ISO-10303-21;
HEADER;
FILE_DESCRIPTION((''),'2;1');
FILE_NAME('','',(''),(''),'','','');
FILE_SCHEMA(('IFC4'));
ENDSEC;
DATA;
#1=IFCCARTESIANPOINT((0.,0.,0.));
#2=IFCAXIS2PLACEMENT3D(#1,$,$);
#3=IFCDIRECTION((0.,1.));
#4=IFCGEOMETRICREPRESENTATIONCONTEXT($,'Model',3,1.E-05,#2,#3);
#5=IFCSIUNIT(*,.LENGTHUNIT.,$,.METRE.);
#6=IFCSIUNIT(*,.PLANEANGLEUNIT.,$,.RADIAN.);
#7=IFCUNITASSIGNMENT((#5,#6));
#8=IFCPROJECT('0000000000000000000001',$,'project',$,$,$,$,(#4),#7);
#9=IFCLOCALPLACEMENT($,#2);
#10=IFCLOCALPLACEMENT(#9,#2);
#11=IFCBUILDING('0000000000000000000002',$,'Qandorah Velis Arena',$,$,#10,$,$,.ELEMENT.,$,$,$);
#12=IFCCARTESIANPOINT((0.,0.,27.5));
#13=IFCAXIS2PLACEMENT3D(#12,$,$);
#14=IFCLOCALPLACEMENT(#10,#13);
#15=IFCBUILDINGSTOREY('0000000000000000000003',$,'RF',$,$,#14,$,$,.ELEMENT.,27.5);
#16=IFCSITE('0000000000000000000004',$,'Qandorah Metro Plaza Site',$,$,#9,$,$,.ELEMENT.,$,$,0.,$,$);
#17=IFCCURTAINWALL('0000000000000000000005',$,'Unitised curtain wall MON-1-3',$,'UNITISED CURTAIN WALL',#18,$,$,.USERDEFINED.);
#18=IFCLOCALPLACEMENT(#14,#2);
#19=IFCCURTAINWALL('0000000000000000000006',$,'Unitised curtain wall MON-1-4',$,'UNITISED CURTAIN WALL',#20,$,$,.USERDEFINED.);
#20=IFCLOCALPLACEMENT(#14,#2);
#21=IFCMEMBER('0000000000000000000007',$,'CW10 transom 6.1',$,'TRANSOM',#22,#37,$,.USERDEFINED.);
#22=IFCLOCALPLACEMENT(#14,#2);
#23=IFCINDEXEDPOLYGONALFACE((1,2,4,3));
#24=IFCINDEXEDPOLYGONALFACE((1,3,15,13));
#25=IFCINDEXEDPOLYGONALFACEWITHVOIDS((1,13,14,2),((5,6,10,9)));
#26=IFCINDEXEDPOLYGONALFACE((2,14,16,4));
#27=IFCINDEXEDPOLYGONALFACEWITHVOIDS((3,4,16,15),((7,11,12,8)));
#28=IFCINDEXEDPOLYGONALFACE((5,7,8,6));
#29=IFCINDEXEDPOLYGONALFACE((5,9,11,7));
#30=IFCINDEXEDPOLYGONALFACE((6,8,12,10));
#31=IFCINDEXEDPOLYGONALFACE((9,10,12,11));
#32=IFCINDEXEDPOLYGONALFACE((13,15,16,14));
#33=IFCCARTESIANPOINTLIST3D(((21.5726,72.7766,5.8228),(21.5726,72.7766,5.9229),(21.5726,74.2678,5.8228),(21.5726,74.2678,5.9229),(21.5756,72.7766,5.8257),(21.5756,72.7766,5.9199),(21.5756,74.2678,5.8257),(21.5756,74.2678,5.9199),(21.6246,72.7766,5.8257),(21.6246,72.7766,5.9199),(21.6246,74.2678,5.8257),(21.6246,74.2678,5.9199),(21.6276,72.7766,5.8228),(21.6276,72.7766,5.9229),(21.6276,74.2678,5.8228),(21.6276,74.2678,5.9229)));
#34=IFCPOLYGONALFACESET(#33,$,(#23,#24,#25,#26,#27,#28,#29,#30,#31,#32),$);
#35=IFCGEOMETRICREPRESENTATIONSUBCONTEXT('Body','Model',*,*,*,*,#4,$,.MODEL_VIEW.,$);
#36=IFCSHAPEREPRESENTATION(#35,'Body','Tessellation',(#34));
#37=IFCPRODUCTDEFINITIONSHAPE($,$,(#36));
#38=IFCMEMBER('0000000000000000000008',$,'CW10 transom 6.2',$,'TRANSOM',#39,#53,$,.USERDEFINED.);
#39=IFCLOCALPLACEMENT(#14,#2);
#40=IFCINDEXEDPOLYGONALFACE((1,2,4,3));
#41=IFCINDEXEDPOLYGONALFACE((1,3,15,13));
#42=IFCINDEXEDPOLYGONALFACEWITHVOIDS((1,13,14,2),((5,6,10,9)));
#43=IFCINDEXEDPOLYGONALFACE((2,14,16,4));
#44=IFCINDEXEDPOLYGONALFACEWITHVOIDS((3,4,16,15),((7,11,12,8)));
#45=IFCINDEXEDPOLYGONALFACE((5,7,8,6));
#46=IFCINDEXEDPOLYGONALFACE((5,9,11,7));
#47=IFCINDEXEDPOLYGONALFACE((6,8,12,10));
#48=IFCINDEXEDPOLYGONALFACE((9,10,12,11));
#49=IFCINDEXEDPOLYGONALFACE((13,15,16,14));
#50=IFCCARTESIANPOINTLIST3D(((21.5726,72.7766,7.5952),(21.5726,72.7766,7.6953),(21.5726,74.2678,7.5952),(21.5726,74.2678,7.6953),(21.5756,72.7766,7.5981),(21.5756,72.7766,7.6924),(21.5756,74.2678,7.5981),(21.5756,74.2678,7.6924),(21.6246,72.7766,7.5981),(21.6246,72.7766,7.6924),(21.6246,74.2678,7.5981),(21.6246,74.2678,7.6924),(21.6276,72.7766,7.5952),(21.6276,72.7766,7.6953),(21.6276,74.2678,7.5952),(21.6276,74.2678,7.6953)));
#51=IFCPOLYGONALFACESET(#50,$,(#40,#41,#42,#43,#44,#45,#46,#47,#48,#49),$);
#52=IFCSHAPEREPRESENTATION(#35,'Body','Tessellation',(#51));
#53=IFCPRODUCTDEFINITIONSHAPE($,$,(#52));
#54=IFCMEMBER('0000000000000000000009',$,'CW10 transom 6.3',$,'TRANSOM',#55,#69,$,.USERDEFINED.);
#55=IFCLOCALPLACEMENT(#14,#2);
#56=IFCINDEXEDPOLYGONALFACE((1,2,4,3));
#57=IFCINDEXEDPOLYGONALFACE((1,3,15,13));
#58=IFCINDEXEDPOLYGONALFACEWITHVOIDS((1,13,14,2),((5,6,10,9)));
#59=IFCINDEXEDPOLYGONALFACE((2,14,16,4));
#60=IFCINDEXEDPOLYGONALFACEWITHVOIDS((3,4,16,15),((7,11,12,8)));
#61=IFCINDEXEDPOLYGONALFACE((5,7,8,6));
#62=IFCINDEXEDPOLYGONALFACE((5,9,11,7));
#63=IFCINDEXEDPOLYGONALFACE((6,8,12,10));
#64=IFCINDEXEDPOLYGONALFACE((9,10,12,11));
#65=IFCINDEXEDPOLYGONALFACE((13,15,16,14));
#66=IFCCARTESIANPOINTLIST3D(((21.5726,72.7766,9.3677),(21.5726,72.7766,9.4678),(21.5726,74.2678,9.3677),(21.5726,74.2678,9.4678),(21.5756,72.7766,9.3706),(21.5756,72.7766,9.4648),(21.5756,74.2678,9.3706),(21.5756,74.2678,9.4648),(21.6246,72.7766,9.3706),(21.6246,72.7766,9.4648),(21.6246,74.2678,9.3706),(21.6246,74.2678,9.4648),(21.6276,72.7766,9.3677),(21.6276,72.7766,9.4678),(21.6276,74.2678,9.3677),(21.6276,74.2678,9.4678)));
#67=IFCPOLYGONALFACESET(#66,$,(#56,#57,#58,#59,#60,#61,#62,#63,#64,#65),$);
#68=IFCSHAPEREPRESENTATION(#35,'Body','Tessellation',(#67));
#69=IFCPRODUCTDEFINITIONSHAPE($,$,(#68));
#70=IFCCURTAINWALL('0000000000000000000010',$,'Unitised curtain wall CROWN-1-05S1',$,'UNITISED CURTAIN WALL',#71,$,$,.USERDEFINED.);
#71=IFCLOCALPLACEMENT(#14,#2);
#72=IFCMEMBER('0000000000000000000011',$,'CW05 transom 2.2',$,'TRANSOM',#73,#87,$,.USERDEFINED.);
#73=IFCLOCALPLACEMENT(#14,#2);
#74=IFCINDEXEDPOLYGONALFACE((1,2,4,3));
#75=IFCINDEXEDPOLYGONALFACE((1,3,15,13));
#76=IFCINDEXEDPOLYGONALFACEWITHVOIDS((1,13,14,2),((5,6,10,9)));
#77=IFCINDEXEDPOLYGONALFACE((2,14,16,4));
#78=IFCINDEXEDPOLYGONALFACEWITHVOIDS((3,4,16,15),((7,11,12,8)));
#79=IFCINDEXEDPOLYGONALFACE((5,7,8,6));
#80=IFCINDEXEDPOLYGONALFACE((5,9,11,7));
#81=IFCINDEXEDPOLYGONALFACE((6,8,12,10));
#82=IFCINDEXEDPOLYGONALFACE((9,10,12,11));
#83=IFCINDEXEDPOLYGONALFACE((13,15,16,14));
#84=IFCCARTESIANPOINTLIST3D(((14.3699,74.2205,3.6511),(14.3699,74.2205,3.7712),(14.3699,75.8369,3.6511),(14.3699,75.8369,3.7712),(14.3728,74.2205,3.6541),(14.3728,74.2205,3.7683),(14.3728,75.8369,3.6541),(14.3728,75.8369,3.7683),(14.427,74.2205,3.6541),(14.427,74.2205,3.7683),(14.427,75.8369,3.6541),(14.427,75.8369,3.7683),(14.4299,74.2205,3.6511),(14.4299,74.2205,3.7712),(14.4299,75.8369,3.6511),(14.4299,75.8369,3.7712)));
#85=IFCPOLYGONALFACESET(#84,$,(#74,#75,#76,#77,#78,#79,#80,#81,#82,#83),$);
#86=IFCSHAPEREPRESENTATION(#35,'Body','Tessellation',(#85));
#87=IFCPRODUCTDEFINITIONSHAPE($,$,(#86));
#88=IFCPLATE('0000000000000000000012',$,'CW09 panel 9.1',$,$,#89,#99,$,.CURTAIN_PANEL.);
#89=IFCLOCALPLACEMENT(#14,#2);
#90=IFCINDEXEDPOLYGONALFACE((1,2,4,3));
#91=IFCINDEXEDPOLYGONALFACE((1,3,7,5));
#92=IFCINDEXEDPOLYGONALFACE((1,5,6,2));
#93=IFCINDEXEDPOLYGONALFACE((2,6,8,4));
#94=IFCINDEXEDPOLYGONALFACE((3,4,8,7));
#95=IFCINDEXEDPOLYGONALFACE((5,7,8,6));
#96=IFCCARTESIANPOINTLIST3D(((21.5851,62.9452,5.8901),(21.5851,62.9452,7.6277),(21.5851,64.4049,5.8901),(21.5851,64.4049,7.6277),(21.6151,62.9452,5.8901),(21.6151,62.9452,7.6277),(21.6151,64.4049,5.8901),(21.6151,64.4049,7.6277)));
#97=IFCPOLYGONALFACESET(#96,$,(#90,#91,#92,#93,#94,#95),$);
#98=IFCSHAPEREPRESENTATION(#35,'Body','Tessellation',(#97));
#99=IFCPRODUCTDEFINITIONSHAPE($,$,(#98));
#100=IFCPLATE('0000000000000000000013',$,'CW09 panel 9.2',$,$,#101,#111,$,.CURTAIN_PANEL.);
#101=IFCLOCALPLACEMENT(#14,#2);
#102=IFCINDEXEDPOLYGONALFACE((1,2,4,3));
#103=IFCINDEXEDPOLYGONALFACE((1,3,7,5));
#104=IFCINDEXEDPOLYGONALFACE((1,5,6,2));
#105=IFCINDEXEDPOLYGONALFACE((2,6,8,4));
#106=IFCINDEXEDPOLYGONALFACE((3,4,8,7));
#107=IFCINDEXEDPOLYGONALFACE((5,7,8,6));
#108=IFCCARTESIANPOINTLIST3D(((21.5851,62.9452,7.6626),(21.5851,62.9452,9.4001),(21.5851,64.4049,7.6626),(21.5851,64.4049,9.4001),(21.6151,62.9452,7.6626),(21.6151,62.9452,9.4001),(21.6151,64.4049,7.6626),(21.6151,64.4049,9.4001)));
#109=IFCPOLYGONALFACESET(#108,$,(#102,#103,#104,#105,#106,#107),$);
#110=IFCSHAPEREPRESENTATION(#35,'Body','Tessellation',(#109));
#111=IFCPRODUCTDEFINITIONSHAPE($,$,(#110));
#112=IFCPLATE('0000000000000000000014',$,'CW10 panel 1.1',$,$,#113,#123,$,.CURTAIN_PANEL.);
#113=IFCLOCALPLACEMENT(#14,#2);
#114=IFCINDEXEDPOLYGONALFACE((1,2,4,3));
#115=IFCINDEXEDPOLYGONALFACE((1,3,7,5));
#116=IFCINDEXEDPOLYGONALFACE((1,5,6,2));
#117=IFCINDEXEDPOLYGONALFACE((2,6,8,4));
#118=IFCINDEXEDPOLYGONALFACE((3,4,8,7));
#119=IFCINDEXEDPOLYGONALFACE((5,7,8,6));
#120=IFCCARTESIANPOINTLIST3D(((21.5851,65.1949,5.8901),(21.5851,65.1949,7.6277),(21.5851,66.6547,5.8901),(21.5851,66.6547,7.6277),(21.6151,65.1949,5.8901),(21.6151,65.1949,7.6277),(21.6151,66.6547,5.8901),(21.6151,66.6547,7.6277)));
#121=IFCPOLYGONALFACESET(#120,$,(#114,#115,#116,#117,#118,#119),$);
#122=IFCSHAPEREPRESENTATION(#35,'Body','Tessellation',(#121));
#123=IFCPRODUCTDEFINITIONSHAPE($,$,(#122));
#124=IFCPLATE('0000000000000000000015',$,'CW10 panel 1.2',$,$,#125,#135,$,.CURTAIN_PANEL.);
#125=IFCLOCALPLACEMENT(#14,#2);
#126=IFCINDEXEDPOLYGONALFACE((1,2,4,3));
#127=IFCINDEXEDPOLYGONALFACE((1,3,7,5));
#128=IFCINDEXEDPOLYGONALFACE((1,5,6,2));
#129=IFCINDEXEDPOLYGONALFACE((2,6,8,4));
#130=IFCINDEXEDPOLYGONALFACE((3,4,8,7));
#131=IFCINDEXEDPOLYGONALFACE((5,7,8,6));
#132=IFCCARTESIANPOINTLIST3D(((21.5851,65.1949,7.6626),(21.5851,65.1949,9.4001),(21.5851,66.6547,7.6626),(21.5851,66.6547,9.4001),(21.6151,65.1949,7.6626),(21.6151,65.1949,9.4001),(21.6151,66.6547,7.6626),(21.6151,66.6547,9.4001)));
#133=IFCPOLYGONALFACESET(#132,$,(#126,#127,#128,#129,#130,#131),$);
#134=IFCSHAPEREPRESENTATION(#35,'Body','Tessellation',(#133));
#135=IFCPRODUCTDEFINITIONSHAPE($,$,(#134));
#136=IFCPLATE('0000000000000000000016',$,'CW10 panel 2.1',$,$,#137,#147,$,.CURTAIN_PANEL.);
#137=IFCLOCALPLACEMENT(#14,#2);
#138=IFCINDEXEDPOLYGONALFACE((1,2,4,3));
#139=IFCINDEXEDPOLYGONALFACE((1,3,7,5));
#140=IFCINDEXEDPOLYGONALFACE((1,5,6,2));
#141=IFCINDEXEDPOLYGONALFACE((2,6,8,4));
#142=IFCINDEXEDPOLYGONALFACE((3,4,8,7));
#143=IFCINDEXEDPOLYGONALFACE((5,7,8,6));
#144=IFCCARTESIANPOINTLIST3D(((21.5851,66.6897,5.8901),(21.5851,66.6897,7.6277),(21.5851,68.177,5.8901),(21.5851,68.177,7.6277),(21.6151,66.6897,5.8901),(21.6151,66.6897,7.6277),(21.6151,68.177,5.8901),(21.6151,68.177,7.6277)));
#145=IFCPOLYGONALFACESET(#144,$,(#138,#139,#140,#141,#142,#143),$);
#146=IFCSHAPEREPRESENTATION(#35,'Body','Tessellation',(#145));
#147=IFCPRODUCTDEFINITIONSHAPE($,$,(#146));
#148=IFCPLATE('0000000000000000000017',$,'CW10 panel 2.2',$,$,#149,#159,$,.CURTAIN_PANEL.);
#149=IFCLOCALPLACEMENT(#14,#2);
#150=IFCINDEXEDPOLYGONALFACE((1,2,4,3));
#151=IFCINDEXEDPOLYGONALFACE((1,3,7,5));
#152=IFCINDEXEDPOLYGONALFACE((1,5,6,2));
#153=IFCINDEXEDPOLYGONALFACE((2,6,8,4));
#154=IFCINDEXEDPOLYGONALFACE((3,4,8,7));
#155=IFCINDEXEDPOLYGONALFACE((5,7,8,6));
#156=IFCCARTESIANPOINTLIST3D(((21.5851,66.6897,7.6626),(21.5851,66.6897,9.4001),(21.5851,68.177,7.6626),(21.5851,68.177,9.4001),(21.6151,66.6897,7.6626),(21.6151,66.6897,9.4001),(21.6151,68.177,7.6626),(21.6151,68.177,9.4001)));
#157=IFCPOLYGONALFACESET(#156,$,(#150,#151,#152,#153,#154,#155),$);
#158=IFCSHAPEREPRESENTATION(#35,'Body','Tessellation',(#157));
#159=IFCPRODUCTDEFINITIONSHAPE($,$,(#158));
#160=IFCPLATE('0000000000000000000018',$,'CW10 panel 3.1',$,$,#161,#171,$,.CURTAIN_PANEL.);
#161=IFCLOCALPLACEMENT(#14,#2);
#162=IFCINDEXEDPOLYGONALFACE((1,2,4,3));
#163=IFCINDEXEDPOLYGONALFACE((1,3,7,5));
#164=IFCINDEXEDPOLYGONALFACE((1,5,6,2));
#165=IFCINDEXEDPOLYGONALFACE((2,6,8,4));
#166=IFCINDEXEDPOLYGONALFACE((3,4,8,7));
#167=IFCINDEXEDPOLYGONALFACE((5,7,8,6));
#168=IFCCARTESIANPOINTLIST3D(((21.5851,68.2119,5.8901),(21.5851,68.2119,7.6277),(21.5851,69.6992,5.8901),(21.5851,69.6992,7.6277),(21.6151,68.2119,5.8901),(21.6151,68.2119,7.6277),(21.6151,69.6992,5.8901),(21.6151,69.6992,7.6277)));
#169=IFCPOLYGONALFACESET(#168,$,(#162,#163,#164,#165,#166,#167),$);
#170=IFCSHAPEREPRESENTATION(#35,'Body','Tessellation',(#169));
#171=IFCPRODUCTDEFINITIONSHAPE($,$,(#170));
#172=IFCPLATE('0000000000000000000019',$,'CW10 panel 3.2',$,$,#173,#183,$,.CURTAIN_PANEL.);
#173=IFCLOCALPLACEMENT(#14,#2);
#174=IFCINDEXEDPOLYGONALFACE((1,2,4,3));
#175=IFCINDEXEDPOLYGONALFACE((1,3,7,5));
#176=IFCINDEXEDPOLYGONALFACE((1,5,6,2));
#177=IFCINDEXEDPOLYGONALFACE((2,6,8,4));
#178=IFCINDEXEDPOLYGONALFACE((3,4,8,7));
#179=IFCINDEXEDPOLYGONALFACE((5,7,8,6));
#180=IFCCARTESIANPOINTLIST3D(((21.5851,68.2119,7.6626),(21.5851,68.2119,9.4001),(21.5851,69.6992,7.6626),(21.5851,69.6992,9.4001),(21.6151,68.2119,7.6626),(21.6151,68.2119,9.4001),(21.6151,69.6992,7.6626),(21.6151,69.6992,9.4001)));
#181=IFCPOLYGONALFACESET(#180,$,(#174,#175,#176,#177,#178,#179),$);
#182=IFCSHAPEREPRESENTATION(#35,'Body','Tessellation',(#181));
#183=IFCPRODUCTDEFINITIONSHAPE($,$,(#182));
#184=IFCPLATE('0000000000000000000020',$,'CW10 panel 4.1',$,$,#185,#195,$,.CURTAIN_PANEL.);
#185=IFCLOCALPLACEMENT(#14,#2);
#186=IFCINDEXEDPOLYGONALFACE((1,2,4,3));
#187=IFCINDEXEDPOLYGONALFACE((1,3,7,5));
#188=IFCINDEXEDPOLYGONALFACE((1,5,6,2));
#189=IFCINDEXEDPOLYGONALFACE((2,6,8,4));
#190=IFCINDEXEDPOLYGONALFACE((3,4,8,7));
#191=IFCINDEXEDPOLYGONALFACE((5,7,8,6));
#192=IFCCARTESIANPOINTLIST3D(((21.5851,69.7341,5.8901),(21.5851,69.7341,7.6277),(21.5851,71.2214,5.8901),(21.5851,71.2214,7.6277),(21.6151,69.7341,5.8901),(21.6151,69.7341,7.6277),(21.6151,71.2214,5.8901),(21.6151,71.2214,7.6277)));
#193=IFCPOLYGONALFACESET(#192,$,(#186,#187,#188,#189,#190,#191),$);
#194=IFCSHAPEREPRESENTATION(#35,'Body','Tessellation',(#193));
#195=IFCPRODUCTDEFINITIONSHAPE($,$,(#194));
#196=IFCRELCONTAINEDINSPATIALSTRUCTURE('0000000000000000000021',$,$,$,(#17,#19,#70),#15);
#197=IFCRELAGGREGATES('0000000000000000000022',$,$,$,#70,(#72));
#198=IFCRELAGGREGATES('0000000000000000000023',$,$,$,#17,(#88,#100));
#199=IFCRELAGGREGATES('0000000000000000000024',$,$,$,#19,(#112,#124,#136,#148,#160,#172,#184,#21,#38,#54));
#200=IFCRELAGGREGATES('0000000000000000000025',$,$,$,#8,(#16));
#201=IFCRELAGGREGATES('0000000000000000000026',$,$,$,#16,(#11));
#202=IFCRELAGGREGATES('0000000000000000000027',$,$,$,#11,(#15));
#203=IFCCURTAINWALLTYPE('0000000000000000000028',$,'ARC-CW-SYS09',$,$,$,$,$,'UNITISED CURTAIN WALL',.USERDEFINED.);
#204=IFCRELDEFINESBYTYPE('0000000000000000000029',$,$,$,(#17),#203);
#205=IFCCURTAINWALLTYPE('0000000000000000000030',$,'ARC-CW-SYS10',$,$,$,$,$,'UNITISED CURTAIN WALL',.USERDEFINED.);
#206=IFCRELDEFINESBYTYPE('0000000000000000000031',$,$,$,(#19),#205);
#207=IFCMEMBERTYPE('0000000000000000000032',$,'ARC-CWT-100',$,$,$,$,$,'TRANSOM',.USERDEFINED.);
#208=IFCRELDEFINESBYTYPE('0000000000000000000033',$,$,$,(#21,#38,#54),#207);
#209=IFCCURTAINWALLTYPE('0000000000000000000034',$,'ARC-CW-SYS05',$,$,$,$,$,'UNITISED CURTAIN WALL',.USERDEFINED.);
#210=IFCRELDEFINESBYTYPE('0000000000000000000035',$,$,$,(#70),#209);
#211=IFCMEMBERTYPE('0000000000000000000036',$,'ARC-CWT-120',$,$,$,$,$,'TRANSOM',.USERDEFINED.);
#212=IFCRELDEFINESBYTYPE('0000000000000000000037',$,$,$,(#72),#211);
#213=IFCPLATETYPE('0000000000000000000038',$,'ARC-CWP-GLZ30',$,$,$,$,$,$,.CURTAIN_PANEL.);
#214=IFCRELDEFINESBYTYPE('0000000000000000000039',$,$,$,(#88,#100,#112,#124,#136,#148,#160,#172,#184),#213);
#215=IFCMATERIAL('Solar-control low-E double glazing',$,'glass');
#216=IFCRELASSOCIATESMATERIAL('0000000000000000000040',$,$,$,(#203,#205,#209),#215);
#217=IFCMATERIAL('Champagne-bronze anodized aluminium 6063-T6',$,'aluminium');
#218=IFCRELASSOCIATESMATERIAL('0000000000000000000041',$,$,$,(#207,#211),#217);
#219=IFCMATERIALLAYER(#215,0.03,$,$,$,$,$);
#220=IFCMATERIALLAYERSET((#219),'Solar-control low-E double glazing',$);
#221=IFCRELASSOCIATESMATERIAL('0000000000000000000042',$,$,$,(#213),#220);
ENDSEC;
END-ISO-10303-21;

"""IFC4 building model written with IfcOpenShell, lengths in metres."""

from ifc_helpers import new_model, si_unit, direction, frame, origin, origin_2d, place, context, subcontext, project, spatial, rectangle, hollow_rectangle, extrude, material, layer, layer_set, material_profile, profile_set, type_object, element, aggregate, save


model = new_model("IFC4")

# Units and contexts
model_context = context("Model", 3, precision=1e-05, world=origin(), true_north=direction((0.0, 1.0)))
body_context = subcontext(model_context, "Body", "Model", "MODEL_VIEW")
ifc_project = project(units=[si_unit("LENGTHUNIT", "METRE"), si_unit("PLANEANGLEUNIT", "RADIAN")], contexts=[model_context])

# Site, building, storey
site_placement = place(None, origin())
site = spatial("IfcSite", under=ifc_project, at=site_placement, Name="Qandorah Metro Plaza Site", CompositionType="ELEMENT", RefElevation=0.0)
building_placement = place(site_placement, origin())
building = spatial("IfcBuilding", under=site, at=building_placement, Name="Qandorah Velis Arena", CompositionType="ELEMENT")
storey_placement = place(building_placement, frame((0.0, 0.0, 27.5)))
storey = spatial("IfcBuildingStorey", under=building, at=storey_placement, Name="RF", CompositionType="ELEMENT", Elevation=27.5)

# Curtain wall
ifc_material_1 = material(Name="Solar-control low-E double glazing", Category="glass")
curtain_wall_type_1 = type_object("IfcCurtainWallType", Name="ARC-CW-SYS09", ElementType="UNITISED CURTAIN WALL", PredefinedType="USERDEFINED", material=ifc_material_1)
curtain_wall_1_placement = place(storey_placement, origin())
curtain_wall_1 = element("IfcCurtainWall", 1, at=curtain_wall_1_placement, inside=storey, type_object=curtain_wall_type_1, Name="Unitised curtain wall MON-1-3", ObjectType="UNITISED CURTAIN WALL", PredefinedType="USERDEFINED")
ifc_material_2 = material(Name="Champagne-bronze anodized aluminium 6063-T6", Category="aluminium")

# Curtain wall, members
curtain_wall_type_2 = type_object("IfcCurtainWallType", Name="ARC-CW-SYS10", ElementType="UNITISED CURTAIN WALL", PredefinedType="USERDEFINED", material=ifc_material_1)
curtain_wall_2_placement = place(storey_placement, origin())
curtain_wall_2 = element("IfcCurtainWall", 2, at=curtain_wall_2_placement, inside=storey, type_object=curtain_wall_type_2, Name="Unitised curtain wall MON-1-4", ObjectType="UNITISED CURTAIN WALL", PredefinedType="USERDEFINED")
ifc_material_profile_1 = material_profile(ifc_material_2, hollow_rectangle(XDim=0.0549, YDim=0.1001, WallThickness=0.0029, at=origin_2d()), Name="ALU TRANSOM 55x100")
ifc_profile_set_1 = profile_set([ifc_material_profile_1], Name="Champagne-bronze anodized aluminium 6063-T6")
member_type_1 = type_object("IfcMemberType", Name="ARC-CWT-100", ElementType="TRANSOM", PredefinedType="USERDEFINED", material=ifc_profile_set_1)
member_1_placement = place(storey_placement, frame((21.6001, 72.7766, 5.8728), z_axis=(0.0, 1.0, 0.0), x_axis=(-1.0, 0.0, 0.0)))
member_1 = element("IfcMember", 3, at=member_1_placement, type_object=member_type_1, Name="CW10 transom 6.1", ObjectType="TRANSOM", PredefinedType="USERDEFINED", context=body_context, shape_type="SweptSolid", body=[
    extrude(hollow_rectangle(XDim=0.0549, YDim=0.1001, WallThickness=0.0029, at=origin_2d()), origin(), (0.0, 0.0, 1.0), 1.4912),
])
member_2_placement = place(storey_placement, frame((21.6001, 72.7766, 7.6453), z_axis=(0.0, 1.0, 0.0), x_axis=(-1.0, 0.0, 0.0)))
member_2 = element("IfcMember", 4, at=member_2_placement, type_object=member_type_1, Name="CW10 transom 6.2", ObjectType="TRANSOM", PredefinedType="USERDEFINED", context=body_context, shape_type="SweptSolid", body=[
    extrude(hollow_rectangle(XDim=0.0549, YDim=0.1001, WallThickness=0.0029, at=origin_2d()), origin(), (0.0, 0.0, 1.0), 1.4912),
])
member_3_placement = place(storey_placement, frame((21.6001, 72.7766, 9.4177), z_axis=(0.0, 1.0, 0.0), x_axis=(-1.0, 0.0, 0.0)))
member_3 = element("IfcMember", 5, at=member_3_placement, type_object=member_type_1, Name="CW10 transom 6.3", ObjectType="TRANSOM", PredefinedType="USERDEFINED", context=body_context, shape_type="SweptSolid", body=[
    extrude(hollow_rectangle(XDim=0.0549, YDim=0.1001, WallThickness=0.0029, at=origin_2d()), origin(), (0.0, 0.0, 1.0), 1.4912),
])

# Curtain wall, member
curtain_wall_type_3 = type_object("IfcCurtainWallType", Name="ARC-CW-SYS05", ElementType="UNITISED CURTAIN WALL", PredefinedType="USERDEFINED", material=ifc_material_1)
curtain_wall_3_placement = place(storey_placement, origin())
curtain_wall_3 = element("IfcCurtainWall", 6, at=curtain_wall_3_placement, inside=storey, type_object=curtain_wall_type_3, Name="Unitised curtain wall CROWN-1-05S1", ObjectType="UNITISED CURTAIN WALL", PredefinedType="USERDEFINED")
ifc_material_profile_2 = material_profile(ifc_material_2, hollow_rectangle(XDim=0.0601, YDim=0.1201, WallThickness=0.0029, at=origin_2d()), Name="ALU TRANSOM 60x120")
ifc_profile_set_2 = profile_set([ifc_material_profile_2], Name="Champagne-bronze anodized aluminium 6063-T6")
member_type_2 = type_object("IfcMemberType", Name="ARC-CWT-120", ElementType="TRANSOM", PredefinedType="USERDEFINED", material=ifc_profile_set_2)
member_4_placement = place(storey_placement, frame((14.3999, 74.2205, 3.7112), z_axis=(0.0, 1.0, 0.0), x_axis=(-1.0, 0.0, 0.0)))
member_4 = element("IfcMember", 7, at=member_4_placement, type_object=member_type_2, Name="CW05 transom 2.2", ObjectType="TRANSOM", PredefinedType="USERDEFINED", context=body_context, shape_type="SweptSolid", body=[
    extrude(hollow_rectangle(XDim=0.0601, YDim=0.1201, WallThickness=0.0029, at=origin_2d()), origin(), (0.0, 0.0, 1.0), 1.6165),
])
aggregate(curtain_wall_3, [member_4])

# Plates
ifc_layer = layer(ifc_material_1, 0.03)
ifc_layer_set = layer_set([ifc_layer], Name="Solar-control low-E double glazing")
plate_type = type_object("IfcPlateType", Name="ARC-CWP-GLZ30", PredefinedType="CURTAIN_PANEL", material=ifc_layer_set)
plate_1_placement = place(storey_placement, frame((21.6001, 63.675, 5.8901), z_axis=(0.0, 0.0, 1.0), x_axis=(0.0, 1.0, 0.0)))
plate_1 = element("IfcPlate", 8, at=plate_1_placement, type_object=plate_type, Name="CW09 panel 9.1", PredefinedType="CURTAIN_PANEL", context=body_context, shape_type="SweptSolid", body=[
    extrude(rectangle(XDim=1.4597, YDim=0.03, at=origin_2d()), origin(), (0.0, 0.0, 1.0), 1.7375),
])
plate_2_placement = place(storey_placement, frame((21.6001, 63.675, 7.6626), z_axis=(0.0, 0.0, 1.0), x_axis=(0.0, 1.0, 0.0)))
plate_2 = element("IfcPlate", 9, at=plate_2_placement, type_object=plate_type, Name="CW09 panel 9.2", PredefinedType="CURTAIN_PANEL", context=body_context, shape_type="SweptSolid", body=[
    extrude(rectangle(XDim=1.4597, YDim=0.03, at=origin_2d()), origin(), (0.0, 0.0, 1.0), 1.7375),
])
aggregate(curtain_wall_1, [plate_1, plate_2])
plate_3_placement = place(storey_placement, frame((21.6001, 65.9248, 5.8901), z_axis=(0.0, 0.0, 1.0), x_axis=(0.0, 1.0, 0.0)))
plate_3 = element("IfcPlate", 10, at=plate_3_placement, type_object=plate_type, Name="CW10 panel 1.1", PredefinedType="CURTAIN_PANEL", context=body_context, shape_type="SweptSolid", body=[
    extrude(rectangle(XDim=1.4597, YDim=0.03, at=origin_2d()), origin(), (0.0, 0.0, 1.0), 1.7375),
])
plate_4_placement = place(storey_placement, frame((21.6001, 65.9248, 7.6626), z_axis=(0.0, 0.0, 1.0), x_axis=(0.0, 1.0, 0.0)))
plate_4 = element("IfcPlate", 11, at=plate_4_placement, type_object=plate_type, Name="CW10 panel 1.2", PredefinedType="CURTAIN_PANEL", context=body_context, shape_type="SweptSolid", body=[
    extrude(rectangle(XDim=1.4597, YDim=0.03, at=origin_2d()), origin(), (0.0, 0.0, 1.0), 1.7375),
])
plate_5_placement = place(storey_placement, frame((21.6001, 67.4333, 5.8901), z_axis=(0.0, 0.0, 1.0), x_axis=(0.0, 1.0, 0.0)))
plate_5 = element("IfcPlate", 12, at=plate_5_placement, type_object=plate_type, Name="CW10 panel 2.1", PredefinedType="CURTAIN_PANEL", context=body_context, shape_type="SweptSolid", body=[
    extrude(rectangle(XDim=1.4873, YDim=0.03, at=origin_2d()), origin(), (0.0, 0.0, 1.0), 1.7375),
])
plate_6_placement = place(storey_placement, frame((21.6001, 67.4333, 7.6626), z_axis=(0.0, 0.0, 1.0), x_axis=(0.0, 1.0, 0.0)))
plate_6 = element("IfcPlate", 13, at=plate_6_placement, type_object=plate_type, Name="CW10 panel 2.2", PredefinedType="CURTAIN_PANEL", context=body_context, shape_type="SweptSolid", body=[
    extrude(rectangle(XDim=1.4873, YDim=0.03, at=origin_2d()), origin(), (0.0, 0.0, 1.0), 1.7375),
])
plate_7_placement = place(storey_placement, frame((21.6001, 68.9556, 5.8901), z_axis=(0.0, 0.0, 1.0), x_axis=(0.0, 1.0, 0.0)))
plate_7 = element("IfcPlate", 14, at=plate_7_placement, type_object=plate_type, Name="CW10 panel 3.1", PredefinedType="CURTAIN_PANEL", context=body_context, shape_type="SweptSolid", body=[
    extrude(rectangle(XDim=1.4873, YDim=0.03, at=origin_2d()), origin(), (0.0, 0.0, 1.0), 1.7375),
])
plate_8_placement = place(storey_placement, frame((21.6001, 68.9556, 7.6626), z_axis=(0.0, 0.0, 1.0), x_axis=(0.0, 1.0, 0.0)))
plate_8 = element("IfcPlate", 15, at=plate_8_placement, type_object=plate_type, Name="CW10 panel 3.2", PredefinedType="CURTAIN_PANEL", context=body_context, shape_type="SweptSolid", body=[
    extrude(rectangle(XDim=1.4873, YDim=0.03, at=origin_2d()), origin(), (0.0, 0.0, 1.0), 1.7375),
])
plate_9_placement = place(storey_placement, frame((21.6001, 70.4778, 5.8901), z_axis=(0.0, 0.0, 1.0), x_axis=(0.0, 1.0, 0.0)))
plate_9 = element("IfcPlate", 16, at=plate_9_placement, type_object=plate_type, Name="CW10 panel 4.1", PredefinedType="CURTAIN_PANEL", context=body_context, shape_type="SweptSolid", body=[
    extrude(rectangle(XDim=1.4873, YDim=0.03, at=origin_2d()), origin(), (0.0, 0.0, 1.0), 1.7375),
])
aggregate(curtain_wall_2, [plate_3, plate_4, plate_5, plate_6, plate_7, plate_8, plate_9, member_1, member_2, member_3])

save(model, "model.ifc")
